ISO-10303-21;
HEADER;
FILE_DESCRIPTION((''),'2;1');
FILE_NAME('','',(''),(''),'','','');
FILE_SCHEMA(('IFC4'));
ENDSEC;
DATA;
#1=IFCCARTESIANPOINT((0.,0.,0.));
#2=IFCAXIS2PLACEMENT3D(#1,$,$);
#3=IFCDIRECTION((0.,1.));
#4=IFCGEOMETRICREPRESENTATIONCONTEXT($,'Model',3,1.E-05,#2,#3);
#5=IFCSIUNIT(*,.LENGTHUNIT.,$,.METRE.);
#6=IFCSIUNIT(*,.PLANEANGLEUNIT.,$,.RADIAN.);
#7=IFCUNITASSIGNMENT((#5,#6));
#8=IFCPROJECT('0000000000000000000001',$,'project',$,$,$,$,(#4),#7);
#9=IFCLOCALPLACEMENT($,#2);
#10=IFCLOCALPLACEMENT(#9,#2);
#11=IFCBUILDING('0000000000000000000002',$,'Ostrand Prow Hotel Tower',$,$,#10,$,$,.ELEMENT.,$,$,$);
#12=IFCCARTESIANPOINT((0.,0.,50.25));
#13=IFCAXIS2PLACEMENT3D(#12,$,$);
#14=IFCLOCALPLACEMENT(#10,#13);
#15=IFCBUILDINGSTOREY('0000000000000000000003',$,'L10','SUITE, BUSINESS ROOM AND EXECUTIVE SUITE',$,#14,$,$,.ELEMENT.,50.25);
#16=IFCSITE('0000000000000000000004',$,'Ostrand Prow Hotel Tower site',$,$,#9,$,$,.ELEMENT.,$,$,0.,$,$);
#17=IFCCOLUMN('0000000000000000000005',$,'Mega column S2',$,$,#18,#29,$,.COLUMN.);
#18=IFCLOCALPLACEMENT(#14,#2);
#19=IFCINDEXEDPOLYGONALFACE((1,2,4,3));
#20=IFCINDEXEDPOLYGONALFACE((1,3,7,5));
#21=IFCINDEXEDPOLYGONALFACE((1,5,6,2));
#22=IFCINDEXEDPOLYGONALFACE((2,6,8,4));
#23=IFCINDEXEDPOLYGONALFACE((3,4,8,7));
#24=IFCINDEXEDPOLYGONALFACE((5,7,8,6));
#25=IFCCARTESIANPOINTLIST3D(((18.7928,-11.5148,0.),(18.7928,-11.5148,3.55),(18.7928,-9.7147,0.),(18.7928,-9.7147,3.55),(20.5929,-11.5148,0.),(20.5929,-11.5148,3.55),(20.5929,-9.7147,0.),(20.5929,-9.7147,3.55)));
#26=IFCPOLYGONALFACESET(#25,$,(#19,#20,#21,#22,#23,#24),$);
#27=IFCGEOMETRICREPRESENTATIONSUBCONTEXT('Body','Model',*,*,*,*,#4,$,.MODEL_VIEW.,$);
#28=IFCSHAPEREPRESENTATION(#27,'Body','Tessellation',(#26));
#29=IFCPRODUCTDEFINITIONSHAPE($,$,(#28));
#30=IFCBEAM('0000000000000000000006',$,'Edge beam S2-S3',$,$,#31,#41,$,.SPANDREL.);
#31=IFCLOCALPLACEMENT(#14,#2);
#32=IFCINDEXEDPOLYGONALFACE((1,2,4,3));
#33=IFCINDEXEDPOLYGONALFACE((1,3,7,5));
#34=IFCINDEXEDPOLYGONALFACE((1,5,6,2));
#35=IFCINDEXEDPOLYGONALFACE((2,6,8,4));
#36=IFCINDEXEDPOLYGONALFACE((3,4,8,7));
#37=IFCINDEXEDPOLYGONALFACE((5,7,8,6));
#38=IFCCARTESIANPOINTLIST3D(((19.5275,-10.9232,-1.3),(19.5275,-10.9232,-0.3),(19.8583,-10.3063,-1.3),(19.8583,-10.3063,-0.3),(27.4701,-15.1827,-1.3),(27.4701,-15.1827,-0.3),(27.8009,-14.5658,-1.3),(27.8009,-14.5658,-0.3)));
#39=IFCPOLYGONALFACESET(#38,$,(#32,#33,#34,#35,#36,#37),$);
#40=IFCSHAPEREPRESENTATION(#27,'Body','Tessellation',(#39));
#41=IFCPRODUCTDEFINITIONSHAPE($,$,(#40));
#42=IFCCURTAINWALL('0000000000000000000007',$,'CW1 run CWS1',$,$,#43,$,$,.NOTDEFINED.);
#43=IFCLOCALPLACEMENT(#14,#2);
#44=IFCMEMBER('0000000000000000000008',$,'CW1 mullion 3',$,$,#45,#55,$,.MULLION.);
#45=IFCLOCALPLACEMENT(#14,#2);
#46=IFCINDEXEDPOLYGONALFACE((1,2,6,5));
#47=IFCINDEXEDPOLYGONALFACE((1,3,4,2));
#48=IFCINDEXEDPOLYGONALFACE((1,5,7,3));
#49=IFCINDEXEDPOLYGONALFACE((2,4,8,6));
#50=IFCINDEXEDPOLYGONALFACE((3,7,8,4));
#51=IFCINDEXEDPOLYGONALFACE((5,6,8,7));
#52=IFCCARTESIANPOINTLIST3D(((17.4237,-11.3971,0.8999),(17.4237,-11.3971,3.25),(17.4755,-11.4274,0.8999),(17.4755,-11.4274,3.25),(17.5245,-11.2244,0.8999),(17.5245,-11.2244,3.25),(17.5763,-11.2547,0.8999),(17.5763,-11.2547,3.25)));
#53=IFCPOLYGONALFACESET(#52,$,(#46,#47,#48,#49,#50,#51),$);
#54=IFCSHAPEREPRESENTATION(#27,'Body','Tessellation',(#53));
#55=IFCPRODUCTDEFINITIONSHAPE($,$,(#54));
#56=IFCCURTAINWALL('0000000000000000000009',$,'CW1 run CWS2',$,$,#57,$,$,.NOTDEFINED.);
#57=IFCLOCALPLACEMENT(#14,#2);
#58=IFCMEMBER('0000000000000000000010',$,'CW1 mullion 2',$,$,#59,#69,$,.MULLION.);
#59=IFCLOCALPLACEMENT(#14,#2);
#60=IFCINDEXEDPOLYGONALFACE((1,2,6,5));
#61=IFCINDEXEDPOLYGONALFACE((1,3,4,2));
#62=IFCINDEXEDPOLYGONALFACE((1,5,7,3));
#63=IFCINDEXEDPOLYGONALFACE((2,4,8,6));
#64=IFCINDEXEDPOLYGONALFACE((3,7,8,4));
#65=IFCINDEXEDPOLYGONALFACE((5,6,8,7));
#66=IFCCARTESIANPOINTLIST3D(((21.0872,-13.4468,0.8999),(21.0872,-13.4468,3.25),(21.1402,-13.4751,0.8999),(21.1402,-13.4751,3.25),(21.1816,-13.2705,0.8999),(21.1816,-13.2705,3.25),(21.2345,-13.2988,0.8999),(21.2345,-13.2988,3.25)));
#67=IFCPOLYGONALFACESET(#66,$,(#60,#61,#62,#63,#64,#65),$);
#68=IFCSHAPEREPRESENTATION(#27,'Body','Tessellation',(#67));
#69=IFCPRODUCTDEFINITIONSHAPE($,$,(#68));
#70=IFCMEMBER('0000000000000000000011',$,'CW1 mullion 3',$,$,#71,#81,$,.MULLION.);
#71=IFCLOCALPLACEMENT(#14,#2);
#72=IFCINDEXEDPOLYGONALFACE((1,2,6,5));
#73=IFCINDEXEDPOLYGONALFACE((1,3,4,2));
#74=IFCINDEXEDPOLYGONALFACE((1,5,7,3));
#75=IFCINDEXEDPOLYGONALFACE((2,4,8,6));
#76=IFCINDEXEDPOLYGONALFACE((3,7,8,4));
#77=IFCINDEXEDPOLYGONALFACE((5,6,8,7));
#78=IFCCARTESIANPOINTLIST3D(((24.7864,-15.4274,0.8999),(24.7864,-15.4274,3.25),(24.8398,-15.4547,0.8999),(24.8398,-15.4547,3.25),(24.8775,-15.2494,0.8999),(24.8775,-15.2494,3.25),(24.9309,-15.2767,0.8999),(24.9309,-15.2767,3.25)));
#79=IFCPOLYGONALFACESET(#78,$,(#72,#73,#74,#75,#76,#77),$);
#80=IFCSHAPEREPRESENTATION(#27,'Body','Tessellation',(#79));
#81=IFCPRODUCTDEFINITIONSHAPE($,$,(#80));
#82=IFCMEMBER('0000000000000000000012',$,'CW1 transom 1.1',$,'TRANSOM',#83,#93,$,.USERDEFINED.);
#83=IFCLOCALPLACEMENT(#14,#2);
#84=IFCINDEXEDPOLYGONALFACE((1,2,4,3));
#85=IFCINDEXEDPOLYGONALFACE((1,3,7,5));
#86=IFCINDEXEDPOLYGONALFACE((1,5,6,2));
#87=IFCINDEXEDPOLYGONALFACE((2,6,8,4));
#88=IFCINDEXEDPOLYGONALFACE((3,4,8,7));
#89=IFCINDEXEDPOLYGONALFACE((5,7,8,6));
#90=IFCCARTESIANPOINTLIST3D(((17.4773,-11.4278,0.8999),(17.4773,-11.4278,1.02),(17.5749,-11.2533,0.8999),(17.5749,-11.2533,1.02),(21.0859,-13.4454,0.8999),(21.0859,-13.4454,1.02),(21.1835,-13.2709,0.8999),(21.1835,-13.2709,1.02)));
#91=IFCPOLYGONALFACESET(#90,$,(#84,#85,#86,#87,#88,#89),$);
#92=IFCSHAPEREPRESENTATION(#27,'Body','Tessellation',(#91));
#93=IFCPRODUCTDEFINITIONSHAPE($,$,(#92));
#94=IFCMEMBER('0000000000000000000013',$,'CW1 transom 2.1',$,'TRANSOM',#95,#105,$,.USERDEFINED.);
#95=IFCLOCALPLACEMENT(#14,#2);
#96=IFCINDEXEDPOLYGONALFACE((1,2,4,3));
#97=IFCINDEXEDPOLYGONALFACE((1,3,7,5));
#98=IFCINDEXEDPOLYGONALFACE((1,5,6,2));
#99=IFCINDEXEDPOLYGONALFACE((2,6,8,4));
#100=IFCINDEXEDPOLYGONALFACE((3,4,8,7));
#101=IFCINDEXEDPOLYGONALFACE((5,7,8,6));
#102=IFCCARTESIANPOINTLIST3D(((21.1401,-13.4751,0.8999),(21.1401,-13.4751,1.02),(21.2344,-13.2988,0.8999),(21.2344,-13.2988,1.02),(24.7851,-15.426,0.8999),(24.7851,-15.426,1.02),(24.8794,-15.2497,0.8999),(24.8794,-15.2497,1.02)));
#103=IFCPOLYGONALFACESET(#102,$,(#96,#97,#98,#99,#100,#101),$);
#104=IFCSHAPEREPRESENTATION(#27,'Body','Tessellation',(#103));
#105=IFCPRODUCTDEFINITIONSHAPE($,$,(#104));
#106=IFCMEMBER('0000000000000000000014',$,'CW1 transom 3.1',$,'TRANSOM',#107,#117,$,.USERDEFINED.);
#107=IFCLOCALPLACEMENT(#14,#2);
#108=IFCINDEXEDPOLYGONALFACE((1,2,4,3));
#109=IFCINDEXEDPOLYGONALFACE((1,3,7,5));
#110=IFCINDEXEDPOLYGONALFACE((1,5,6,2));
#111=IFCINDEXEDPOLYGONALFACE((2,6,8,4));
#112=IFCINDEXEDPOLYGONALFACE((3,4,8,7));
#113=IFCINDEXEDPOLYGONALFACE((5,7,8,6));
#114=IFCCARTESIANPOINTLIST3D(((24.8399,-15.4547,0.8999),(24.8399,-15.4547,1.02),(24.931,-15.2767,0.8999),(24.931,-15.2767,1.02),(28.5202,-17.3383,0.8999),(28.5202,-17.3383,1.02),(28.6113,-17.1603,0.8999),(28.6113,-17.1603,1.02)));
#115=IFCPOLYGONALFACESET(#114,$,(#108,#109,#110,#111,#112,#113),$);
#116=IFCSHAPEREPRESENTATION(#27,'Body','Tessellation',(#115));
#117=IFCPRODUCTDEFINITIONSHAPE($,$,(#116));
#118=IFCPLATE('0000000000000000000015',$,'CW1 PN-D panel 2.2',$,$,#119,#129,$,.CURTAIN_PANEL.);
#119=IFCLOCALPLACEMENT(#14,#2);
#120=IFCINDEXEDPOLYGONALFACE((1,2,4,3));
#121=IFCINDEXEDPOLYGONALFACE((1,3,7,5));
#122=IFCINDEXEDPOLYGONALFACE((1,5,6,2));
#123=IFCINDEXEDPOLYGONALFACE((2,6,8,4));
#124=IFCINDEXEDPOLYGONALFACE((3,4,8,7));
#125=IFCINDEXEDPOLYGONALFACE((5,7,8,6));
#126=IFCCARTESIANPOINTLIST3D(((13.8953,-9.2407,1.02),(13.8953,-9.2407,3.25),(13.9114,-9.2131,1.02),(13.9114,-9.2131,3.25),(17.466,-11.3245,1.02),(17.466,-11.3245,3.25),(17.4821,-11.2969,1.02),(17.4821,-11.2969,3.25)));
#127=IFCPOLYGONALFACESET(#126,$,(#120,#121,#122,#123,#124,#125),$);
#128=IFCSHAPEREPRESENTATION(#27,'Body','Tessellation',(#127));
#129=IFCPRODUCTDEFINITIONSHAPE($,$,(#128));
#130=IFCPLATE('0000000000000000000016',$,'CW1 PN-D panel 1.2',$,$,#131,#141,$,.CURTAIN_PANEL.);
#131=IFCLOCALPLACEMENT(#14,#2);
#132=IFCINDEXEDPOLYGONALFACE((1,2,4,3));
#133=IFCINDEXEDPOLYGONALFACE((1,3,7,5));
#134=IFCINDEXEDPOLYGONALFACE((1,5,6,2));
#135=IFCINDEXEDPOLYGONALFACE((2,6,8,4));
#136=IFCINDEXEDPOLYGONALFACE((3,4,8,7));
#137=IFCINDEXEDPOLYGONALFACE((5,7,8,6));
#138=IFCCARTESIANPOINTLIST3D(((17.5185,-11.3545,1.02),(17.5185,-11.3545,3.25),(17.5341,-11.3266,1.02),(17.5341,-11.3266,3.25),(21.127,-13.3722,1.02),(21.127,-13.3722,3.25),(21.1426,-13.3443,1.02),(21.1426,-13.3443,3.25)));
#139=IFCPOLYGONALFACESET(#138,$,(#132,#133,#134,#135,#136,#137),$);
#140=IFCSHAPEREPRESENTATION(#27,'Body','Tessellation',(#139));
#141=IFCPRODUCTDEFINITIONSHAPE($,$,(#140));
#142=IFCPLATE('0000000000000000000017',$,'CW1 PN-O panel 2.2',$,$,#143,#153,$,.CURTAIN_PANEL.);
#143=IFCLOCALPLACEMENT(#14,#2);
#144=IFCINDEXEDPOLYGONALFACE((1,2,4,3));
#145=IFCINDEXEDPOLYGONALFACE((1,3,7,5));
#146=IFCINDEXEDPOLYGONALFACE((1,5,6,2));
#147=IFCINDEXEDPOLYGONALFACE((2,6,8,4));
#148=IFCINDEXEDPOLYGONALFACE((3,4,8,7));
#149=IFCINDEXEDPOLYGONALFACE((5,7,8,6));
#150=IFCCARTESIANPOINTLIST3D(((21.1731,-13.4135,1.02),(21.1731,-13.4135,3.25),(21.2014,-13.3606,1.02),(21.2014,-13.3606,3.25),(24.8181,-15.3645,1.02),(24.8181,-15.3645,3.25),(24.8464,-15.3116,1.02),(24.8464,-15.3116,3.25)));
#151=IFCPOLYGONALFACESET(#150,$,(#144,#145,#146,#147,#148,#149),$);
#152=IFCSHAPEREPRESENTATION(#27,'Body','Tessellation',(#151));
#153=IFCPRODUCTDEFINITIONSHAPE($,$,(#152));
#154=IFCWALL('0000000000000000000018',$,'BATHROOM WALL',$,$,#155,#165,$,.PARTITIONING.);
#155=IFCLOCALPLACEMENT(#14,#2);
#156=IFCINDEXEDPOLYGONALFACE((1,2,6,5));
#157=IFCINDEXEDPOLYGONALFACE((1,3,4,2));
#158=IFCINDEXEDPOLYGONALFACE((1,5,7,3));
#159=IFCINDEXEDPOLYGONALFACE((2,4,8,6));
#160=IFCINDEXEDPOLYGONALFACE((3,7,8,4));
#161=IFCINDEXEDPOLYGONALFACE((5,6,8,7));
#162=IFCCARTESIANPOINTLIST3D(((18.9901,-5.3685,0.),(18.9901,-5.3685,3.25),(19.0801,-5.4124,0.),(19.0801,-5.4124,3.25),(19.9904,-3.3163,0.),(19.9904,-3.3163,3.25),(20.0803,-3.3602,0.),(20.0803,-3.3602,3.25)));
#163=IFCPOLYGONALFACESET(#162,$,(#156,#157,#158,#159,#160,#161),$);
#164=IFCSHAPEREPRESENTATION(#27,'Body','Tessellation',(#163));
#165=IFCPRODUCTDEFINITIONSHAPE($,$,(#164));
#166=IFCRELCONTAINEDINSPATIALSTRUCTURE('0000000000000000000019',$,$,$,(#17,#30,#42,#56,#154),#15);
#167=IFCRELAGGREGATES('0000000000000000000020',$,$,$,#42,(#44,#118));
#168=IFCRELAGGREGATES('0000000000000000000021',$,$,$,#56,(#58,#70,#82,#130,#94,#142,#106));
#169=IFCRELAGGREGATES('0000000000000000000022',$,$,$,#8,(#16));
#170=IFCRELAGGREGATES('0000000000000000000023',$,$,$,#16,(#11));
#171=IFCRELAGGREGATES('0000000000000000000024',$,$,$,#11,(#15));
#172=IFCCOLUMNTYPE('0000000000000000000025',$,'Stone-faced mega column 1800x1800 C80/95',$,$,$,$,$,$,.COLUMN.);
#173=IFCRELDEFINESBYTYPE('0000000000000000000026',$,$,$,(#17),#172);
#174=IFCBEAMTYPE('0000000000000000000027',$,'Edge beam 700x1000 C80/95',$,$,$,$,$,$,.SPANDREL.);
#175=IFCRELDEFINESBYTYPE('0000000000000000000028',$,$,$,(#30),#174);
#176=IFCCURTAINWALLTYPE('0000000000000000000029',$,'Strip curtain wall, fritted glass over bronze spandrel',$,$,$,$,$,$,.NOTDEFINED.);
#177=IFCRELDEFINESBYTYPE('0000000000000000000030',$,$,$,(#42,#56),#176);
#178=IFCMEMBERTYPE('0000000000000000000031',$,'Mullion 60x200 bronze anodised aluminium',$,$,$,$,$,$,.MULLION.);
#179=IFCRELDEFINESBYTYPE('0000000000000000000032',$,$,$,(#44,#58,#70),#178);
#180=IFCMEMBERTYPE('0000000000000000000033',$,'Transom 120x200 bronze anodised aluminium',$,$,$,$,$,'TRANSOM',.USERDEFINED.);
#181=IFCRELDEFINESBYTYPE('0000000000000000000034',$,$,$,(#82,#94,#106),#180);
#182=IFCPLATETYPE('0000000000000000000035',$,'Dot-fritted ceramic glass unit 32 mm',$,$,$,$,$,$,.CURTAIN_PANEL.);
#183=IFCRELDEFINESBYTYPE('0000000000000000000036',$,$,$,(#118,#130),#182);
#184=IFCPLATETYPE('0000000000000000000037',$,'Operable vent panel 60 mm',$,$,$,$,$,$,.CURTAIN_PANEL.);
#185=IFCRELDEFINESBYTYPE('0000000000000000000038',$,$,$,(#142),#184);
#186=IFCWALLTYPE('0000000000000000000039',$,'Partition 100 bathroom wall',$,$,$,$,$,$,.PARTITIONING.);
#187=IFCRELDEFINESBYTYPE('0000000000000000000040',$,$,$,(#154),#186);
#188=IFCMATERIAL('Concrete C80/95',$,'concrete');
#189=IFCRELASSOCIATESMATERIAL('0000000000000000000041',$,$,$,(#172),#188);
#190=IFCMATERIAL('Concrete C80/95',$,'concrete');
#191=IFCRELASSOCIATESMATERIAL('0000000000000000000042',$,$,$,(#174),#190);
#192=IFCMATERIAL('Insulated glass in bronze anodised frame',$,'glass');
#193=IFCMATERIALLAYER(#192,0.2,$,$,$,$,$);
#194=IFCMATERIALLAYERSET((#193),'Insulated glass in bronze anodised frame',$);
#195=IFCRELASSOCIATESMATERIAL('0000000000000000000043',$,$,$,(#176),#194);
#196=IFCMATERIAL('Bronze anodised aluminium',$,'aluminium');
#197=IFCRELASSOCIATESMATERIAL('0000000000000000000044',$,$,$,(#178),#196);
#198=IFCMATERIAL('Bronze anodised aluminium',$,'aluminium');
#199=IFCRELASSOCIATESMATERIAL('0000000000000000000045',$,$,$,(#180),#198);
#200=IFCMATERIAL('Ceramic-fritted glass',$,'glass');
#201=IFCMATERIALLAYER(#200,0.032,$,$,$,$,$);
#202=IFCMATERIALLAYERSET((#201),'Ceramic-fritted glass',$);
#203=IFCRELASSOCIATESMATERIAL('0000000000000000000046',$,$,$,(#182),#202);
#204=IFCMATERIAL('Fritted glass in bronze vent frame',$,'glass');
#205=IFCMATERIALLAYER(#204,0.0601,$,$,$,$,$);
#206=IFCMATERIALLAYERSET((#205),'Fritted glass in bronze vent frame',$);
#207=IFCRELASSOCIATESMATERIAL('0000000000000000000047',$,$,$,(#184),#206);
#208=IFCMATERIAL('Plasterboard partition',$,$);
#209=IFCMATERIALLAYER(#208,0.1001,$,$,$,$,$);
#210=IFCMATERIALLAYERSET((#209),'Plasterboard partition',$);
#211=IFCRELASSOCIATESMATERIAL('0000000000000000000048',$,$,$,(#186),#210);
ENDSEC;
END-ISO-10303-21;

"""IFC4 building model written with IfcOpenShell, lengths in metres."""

from ifc_helpers import new_model, si_unit, direction, frame, frame_2d, origin, origin_2d, place, context, subcontext, project, spatial, rectangle, extrude, material, layer, layer_set, material_profile, profile_set, type_object, element, aggregate, save


model = new_model("IFC4")

# Units and contexts
model_context = context("Model", 3, precision=1e-05, world=origin(), true_north=direction((0.0, 1.0)))
body_context = subcontext(model_context, "Body", "Model", "MODEL_VIEW")
ifc_project = project(units=[si_unit("LENGTHUNIT", "METRE"), si_unit("PLANEANGLEUNIT", "RADIAN")], contexts=[model_context])

# Site, building, storey
site_placement = place(None, origin())
site = spatial("IfcSite", under=ifc_project, at=site_placement, Name="Ostrand Prow Hotel Tower site", CompositionType="ELEMENT", RefElevation=0.0)
building_placement = place(site_placement, origin())
building = spatial("IfcBuilding", under=site, at=building_placement, Name="Ostrand Prow Hotel Tower", CompositionType="ELEMENT")
storey_placement = place(building_placement, frame((0.0, 0.0, 50.25)))
storey = spatial("IfcBuildingStorey", under=building, at=storey_placement, Name="L10", Description="SUITE, BUSINESS ROOM AND EXECUTIVE SUITE", CompositionType="ELEMENT", Elevation=50.25)

# Column
ifc_material_1 = material(Name="Concrete C80/95", Category="concrete")
ifc_material_profile_1 = material_profile(ifc_material_1, rectangle(XDim=1.8, YDim=1.8, at=origin_2d()), Name="RC 1800x1800")
ifc_profile_set_1 = profile_set([ifc_material_profile_1], Name="Concrete C80/95")
column_type = type_object("IfcColumnType", Name="Stone-faced mega column 1800x1800 C80/95", PredefinedType="COLUMN", material=ifc_profile_set_1)
column_placement = place(storey_placement, frame((19.6929, -10.6147, 0.0), z_axis=(0.0, 0.0, 1.0), x_axis=(1.0, 0.0, 0.0)))
element("IfcColumn", 1, at=column_placement, inside=storey, type_object=column_type, Name="Mega column S2", PredefinedType="COLUMN", context=body_context, shape_type="SweptSolid", body=[
    extrude(rectangle(XDim=1.8, YDim=1.8, at=origin_2d()), origin(), (0.0, 0.0, 1.0), 3.55),
])

# Beam
ifc_material_2 = material(Name="Concrete C80/95", Category="concrete")
ifc_material_profile_2 = material_profile(ifc_material_2, rectangle(XDim=0.7, YDim=1.0, at=origin_2d()), Name="RC 700x1000")
ifc_profile_set_2 = profile_set([ifc_material_profile_2], Name="Concrete C80/95")
beam_type = type_object("IfcBeamType", Name="Edge beam 700x1000 C80/95", PredefinedType="SPANDREL", material=ifc_profile_set_2)
beam_placement = place(storey_placement, frame((19.6929, -10.6147, -0.8), z_axis=(0.88127, -0.472613, 0.0), x_axis=(0.472613, 0.88127, 0.0)))
element("IfcBeam", 2, at=beam_placement, inside=storey, type_object=beam_type, Name="Edge beam S2-S3", PredefinedType="SPANDREL", context=body_context, shape_type="SweptSolid", body=[
    extrude(rectangle(XDim=0.7, YDim=1.0, at=origin_2d()), origin(), (0.0, 0.0, 1.0), 9.0127),
])

# Curtain wall, member
ifc_material_3 = material(Name="Insulated glass in bronze anodised frame", Category="glass")
ifc_layer_1 = layer(ifc_material_3, 0.2)
ifc_layer_set_1 = layer_set([ifc_layer_1], Name="Insulated glass in bronze anodised frame")
curtain_wall_type = type_object("IfcCurtainWallType", Name="Strip curtain wall, fritted glass over bronze spandrel", PredefinedType="NOTDEFINED", material=ifc_layer_set_1)
curtain_wall_1_placement = place(storey_placement, origin())
curtain_wall_1 = element("IfcCurtainWall", 3, at=curtain_wall_1_placement, inside=storey, type_object=curtain_wall_type, Name="CW1 run CWS1", PredefinedType="NOTDEFINED")
ifc_material_4 = material(Name="Bronze anodised aluminium", Category="aluminium")
ifc_material_profile_3 = material_profile(ifc_material_4, rectangle(XDim=0.2, YDim=0.0601, at=origin_2d()), Name="Mullion 60x200 bronze anodised aluminium")
ifc_profile_set_3 = profile_set([ifc_material_profile_3], Name="Bronze anodised aluminium")
member_type_1 = type_object("IfcMemberType", Name="Mullion 60x200 bronze anodised aluminium", PredefinedType="MULLION", material=ifc_profile_set_3)
member_1_placement = place(storey_placement, frame((17.5, -11.3259, 0.8999), z_axis=(0.0, 0.0, 1.0), x_axis=(0.504023, 0.86369, 0.0)))
member_1 = element("IfcMember", 4, at=member_1_placement, type_object=member_type_1, Name="CW1 mullion 3", PredefinedType="MULLION", context=body_context, shape_type="SweptSolid", body=[
    extrude(rectangle(XDim=0.2, YDim=0.0601, at=origin_2d()), origin(), (0.0, 0.0, 1.0), 2.3501),
])

# Curtain wall, members
curtain_wall_2_placement = place(storey_placement, origin())
curtain_wall_2 = element("IfcCurtainWall", 5, at=curtain_wall_2_placement, inside=storey, type_object=curtain_wall_type, Name="CW1 run CWS2", PredefinedType="NOTDEFINED")
member_2_placement = place(storey_placement, frame((21.1609, -13.3728, 0.8999), z_axis=(0.0, 0.0, 1.0), x_axis=(0.4719, 0.881652, 0.0)))
member_2 = element("IfcMember", 6, at=member_2_placement, type_object=member_type_1, Name="CW1 mullion 2", PredefinedType="MULLION", context=body_context, shape_type="SweptSolid", body=[
    extrude(rectangle(XDim=0.2, YDim=0.0601, at=origin_2d()), origin(), (0.0, 0.0, 1.0), 2.3501),
])
member_3_placement = place(storey_placement, frame((24.8586, -15.3521, 0.8999), z_axis=(0.0, 0.0, 1.0), x_axis=(0.455596, 0.890187, 0.0)))
member_3 = element("IfcMember", 7, at=member_3_placement, type_object=member_type_1, Name="CW1 mullion 3", PredefinedType="MULLION", context=body_context, shape_type="SweptSolid", body=[
    extrude(rectangle(XDim=0.2, YDim=0.0601, at=origin_2d()), origin(), (0.0, 0.0, 1.0), 2.3501),
])
ifc_material_5 = material(Name="Bronze anodised aluminium", Category="aluminium")
ifc_material_profile_4 = material_profile(ifc_material_5, rectangle(XDim=0.2, YDim=0.1201, at=origin_2d()), Name="Transom 120x200 bronze anodised aluminium")
ifc_profile_set_4 = profile_set([ifc_material_profile_4], Name="Bronze anodised aluminium")
member_type_2 = type_object("IfcMemberType", Name="Transom 120x200 bronze anodised aluminium", ElementType="TRANSOM", PredefinedType="USERDEFINED", material=ifc_profile_set_4)
member_4_placement = place(storey_placement, frame((17.5261, -11.3406, 0.96), z_axis=(0.872842, -0.488003, 0.0), x_axis=(0.488003, 0.872842, 0.0)))
member_4 = element("IfcMember", 8, at=member_4_placement, type_object=member_type_2, Name="CW1 transom 1.1", ObjectType="TRANSOM", PredefinedType="USERDEFINED", context=body_context, shape_type="SweptSolid", body=[
    extrude(rectangle(XDim=0.2, YDim=0.1201, at=origin_2d()), origin(), (0.0, 0.0, 1.0), 4.1343),
])
member_5_placement = place(storey_placement, frame((21.1873, -13.387, 0.96), z_axis=(0.881657, -0.47189, 0.0), x_axis=(0.47189, 0.881657, 0.0)))
member_5 = element("IfcMember", 9, at=member_5_placement, type_object=member_type_2, Name="CW1 transom 2.1", ObjectType="TRANSOM", PredefinedType="USERDEFINED", context=body_context, shape_type="SweptSolid", body=[
    extrude(rectangle(XDim=0.2, YDim=0.1201, at=origin_2d()), origin(), (0.0, 0.0, 1.0), 4.1343),
])
member_6_placement = place(storey_placement, frame((24.8855, -15.3657, 0.96), z_axis=(0.890183, -0.455603, 0.0), x_axis=(0.455603, 0.890183, 0.0)))
member_6 = element("IfcMember", 10, at=member_6_placement, type_object=member_type_2, Name="CW1 transom 3.1", ObjectType="TRANSOM", PredefinedType="USERDEFINED", context=body_context, shape_type="SweptSolid", body=[
    extrude(rectangle(XDim=0.2, YDim=0.1201, at=origin_2d()), origin(), (0.0, 0.0, 1.0), 4.1343),
])

# Plates
ifc_material_6 = material(Name="Ceramic-fritted glass", Category="glass")
ifc_layer_2 = layer(ifc_material_6, 0.032)
ifc_layer_set_2 = layer_set([ifc_layer_2], Name="Ceramic-fritted glass")
plate_type_1 = type_object("IfcPlateType", Name="Dot-fritted ceramic glass unit 32 mm", PredefinedType="CURTAIN_PANEL", material=ifc_layer_set_2)
plate_1_placement = place(storey_placement, frame((15.6887, -10.2688, 1.02), z_axis=(0.0, 0.0, 1.0), x_axis=(0.86369, -0.504023, 0.0)))
plate_1 = element("IfcPlate", 11, at=plate_1_placement, type_object=plate_type_1, Name="CW1 PN-D panel 2.2", PredefinedType="CURTAIN_PANEL", context=body_context, shape_type="SweptSolid", body=[
    extrude(rectangle(XDim=4.1343, YDim=0.032, at=origin_2d()), origin(), (0.0, 0.0, 1.0), 2.23),
])
aggregate(curtain_wall_1, [member_1, plate_1])
plate_2_placement = place(storey_placement, frame((19.3306, -12.3494, 1.02), z_axis=(0.0, 0.0, 1.0), x_axis=(0.872819, -0.488044, 0.0)))
plate_2 = element("IfcPlate", 12, at=plate_2_placement, type_object=plate_type_1, Name="CW1 PN-D panel 1.2", PredefinedType="CURTAIN_PANEL", context=body_context, shape_type="SweptSolid", body=[
    extrude(rectangle(XDim=4.1343, YDim=0.032, at=origin_2d()), origin(), (0.0, 0.0, 1.0), 2.23),
])
ifc_material_7 = material(Name="Fritted glass in bronze vent frame", Category="glass")
ifc_layer_3 = layer(ifc_material_7, 0.0601)
ifc_layer_set_3 = layer_set([ifc_layer_3], Name="Fritted glass in bronze vent frame")
plate_type_2 = type_object("IfcPlateType", Name="Operable vent panel 60 mm", PredefinedType="CURTAIN_PANEL", material=ifc_layer_set_3)
plate_3_placement = place(storey_placement, frame((23.0098, -14.3625, 1.02), z_axis=(0.0, 0.0, 1.0), x_axis=(0.881652, -0.4719, 0.0)))
plate_3 = element("IfcPlate", 13, at=plate_3_placement, type_object=plate_type_2, Name="CW1 PN-O panel 2.2", PredefinedType="CURTAIN_PANEL", context=body_context, shape_type="SweptSolid", body=[
    extrude(rectangle(XDim=4.1343, YDim=0.0601, at=origin_2d()), origin(), (0.0, 0.0, 1.0), 2.23),
])
aggregate(curtain_wall_2, [member_2, member_3, member_4, plate_2, member_5, plate_3, member_6])

# Wall
ifc_material_8 = material(Name="Plasterboard partition")
ifc_layer_4 = layer(ifc_material_8, 0.1001)
ifc_layer_set_4 = layer_set([ifc_layer_4], Name="Plasterboard partition")
wall_type_1 = type_object("IfcWallType", Name="Partition 100 bathroom wall", PredefinedType="PARTITIONING", material=ifc_layer_set_4)
wall_1_placement = place(storey_placement, frame((20.0354, -3.3381, 0.0), z_axis=(0.0, 0.0, 1.0), x_axis=(-0.438122, -0.898915, 0.0)))
element("IfcWall", 14, at=wall_1_placement, inside=storey, type_object=wall_type_1, Name="BATHROOM WALL", PredefinedType="PARTITIONING", context=body_context, shape_type="SweptSolid", body=[
    extrude(rectangle(XDim=2.283, YDim=0.1001, at=frame_2d((1.1416, 0.0))), origin(), (0.0, 0.0, 1.0), 3.25),
])

save(model, "model.ifc")
